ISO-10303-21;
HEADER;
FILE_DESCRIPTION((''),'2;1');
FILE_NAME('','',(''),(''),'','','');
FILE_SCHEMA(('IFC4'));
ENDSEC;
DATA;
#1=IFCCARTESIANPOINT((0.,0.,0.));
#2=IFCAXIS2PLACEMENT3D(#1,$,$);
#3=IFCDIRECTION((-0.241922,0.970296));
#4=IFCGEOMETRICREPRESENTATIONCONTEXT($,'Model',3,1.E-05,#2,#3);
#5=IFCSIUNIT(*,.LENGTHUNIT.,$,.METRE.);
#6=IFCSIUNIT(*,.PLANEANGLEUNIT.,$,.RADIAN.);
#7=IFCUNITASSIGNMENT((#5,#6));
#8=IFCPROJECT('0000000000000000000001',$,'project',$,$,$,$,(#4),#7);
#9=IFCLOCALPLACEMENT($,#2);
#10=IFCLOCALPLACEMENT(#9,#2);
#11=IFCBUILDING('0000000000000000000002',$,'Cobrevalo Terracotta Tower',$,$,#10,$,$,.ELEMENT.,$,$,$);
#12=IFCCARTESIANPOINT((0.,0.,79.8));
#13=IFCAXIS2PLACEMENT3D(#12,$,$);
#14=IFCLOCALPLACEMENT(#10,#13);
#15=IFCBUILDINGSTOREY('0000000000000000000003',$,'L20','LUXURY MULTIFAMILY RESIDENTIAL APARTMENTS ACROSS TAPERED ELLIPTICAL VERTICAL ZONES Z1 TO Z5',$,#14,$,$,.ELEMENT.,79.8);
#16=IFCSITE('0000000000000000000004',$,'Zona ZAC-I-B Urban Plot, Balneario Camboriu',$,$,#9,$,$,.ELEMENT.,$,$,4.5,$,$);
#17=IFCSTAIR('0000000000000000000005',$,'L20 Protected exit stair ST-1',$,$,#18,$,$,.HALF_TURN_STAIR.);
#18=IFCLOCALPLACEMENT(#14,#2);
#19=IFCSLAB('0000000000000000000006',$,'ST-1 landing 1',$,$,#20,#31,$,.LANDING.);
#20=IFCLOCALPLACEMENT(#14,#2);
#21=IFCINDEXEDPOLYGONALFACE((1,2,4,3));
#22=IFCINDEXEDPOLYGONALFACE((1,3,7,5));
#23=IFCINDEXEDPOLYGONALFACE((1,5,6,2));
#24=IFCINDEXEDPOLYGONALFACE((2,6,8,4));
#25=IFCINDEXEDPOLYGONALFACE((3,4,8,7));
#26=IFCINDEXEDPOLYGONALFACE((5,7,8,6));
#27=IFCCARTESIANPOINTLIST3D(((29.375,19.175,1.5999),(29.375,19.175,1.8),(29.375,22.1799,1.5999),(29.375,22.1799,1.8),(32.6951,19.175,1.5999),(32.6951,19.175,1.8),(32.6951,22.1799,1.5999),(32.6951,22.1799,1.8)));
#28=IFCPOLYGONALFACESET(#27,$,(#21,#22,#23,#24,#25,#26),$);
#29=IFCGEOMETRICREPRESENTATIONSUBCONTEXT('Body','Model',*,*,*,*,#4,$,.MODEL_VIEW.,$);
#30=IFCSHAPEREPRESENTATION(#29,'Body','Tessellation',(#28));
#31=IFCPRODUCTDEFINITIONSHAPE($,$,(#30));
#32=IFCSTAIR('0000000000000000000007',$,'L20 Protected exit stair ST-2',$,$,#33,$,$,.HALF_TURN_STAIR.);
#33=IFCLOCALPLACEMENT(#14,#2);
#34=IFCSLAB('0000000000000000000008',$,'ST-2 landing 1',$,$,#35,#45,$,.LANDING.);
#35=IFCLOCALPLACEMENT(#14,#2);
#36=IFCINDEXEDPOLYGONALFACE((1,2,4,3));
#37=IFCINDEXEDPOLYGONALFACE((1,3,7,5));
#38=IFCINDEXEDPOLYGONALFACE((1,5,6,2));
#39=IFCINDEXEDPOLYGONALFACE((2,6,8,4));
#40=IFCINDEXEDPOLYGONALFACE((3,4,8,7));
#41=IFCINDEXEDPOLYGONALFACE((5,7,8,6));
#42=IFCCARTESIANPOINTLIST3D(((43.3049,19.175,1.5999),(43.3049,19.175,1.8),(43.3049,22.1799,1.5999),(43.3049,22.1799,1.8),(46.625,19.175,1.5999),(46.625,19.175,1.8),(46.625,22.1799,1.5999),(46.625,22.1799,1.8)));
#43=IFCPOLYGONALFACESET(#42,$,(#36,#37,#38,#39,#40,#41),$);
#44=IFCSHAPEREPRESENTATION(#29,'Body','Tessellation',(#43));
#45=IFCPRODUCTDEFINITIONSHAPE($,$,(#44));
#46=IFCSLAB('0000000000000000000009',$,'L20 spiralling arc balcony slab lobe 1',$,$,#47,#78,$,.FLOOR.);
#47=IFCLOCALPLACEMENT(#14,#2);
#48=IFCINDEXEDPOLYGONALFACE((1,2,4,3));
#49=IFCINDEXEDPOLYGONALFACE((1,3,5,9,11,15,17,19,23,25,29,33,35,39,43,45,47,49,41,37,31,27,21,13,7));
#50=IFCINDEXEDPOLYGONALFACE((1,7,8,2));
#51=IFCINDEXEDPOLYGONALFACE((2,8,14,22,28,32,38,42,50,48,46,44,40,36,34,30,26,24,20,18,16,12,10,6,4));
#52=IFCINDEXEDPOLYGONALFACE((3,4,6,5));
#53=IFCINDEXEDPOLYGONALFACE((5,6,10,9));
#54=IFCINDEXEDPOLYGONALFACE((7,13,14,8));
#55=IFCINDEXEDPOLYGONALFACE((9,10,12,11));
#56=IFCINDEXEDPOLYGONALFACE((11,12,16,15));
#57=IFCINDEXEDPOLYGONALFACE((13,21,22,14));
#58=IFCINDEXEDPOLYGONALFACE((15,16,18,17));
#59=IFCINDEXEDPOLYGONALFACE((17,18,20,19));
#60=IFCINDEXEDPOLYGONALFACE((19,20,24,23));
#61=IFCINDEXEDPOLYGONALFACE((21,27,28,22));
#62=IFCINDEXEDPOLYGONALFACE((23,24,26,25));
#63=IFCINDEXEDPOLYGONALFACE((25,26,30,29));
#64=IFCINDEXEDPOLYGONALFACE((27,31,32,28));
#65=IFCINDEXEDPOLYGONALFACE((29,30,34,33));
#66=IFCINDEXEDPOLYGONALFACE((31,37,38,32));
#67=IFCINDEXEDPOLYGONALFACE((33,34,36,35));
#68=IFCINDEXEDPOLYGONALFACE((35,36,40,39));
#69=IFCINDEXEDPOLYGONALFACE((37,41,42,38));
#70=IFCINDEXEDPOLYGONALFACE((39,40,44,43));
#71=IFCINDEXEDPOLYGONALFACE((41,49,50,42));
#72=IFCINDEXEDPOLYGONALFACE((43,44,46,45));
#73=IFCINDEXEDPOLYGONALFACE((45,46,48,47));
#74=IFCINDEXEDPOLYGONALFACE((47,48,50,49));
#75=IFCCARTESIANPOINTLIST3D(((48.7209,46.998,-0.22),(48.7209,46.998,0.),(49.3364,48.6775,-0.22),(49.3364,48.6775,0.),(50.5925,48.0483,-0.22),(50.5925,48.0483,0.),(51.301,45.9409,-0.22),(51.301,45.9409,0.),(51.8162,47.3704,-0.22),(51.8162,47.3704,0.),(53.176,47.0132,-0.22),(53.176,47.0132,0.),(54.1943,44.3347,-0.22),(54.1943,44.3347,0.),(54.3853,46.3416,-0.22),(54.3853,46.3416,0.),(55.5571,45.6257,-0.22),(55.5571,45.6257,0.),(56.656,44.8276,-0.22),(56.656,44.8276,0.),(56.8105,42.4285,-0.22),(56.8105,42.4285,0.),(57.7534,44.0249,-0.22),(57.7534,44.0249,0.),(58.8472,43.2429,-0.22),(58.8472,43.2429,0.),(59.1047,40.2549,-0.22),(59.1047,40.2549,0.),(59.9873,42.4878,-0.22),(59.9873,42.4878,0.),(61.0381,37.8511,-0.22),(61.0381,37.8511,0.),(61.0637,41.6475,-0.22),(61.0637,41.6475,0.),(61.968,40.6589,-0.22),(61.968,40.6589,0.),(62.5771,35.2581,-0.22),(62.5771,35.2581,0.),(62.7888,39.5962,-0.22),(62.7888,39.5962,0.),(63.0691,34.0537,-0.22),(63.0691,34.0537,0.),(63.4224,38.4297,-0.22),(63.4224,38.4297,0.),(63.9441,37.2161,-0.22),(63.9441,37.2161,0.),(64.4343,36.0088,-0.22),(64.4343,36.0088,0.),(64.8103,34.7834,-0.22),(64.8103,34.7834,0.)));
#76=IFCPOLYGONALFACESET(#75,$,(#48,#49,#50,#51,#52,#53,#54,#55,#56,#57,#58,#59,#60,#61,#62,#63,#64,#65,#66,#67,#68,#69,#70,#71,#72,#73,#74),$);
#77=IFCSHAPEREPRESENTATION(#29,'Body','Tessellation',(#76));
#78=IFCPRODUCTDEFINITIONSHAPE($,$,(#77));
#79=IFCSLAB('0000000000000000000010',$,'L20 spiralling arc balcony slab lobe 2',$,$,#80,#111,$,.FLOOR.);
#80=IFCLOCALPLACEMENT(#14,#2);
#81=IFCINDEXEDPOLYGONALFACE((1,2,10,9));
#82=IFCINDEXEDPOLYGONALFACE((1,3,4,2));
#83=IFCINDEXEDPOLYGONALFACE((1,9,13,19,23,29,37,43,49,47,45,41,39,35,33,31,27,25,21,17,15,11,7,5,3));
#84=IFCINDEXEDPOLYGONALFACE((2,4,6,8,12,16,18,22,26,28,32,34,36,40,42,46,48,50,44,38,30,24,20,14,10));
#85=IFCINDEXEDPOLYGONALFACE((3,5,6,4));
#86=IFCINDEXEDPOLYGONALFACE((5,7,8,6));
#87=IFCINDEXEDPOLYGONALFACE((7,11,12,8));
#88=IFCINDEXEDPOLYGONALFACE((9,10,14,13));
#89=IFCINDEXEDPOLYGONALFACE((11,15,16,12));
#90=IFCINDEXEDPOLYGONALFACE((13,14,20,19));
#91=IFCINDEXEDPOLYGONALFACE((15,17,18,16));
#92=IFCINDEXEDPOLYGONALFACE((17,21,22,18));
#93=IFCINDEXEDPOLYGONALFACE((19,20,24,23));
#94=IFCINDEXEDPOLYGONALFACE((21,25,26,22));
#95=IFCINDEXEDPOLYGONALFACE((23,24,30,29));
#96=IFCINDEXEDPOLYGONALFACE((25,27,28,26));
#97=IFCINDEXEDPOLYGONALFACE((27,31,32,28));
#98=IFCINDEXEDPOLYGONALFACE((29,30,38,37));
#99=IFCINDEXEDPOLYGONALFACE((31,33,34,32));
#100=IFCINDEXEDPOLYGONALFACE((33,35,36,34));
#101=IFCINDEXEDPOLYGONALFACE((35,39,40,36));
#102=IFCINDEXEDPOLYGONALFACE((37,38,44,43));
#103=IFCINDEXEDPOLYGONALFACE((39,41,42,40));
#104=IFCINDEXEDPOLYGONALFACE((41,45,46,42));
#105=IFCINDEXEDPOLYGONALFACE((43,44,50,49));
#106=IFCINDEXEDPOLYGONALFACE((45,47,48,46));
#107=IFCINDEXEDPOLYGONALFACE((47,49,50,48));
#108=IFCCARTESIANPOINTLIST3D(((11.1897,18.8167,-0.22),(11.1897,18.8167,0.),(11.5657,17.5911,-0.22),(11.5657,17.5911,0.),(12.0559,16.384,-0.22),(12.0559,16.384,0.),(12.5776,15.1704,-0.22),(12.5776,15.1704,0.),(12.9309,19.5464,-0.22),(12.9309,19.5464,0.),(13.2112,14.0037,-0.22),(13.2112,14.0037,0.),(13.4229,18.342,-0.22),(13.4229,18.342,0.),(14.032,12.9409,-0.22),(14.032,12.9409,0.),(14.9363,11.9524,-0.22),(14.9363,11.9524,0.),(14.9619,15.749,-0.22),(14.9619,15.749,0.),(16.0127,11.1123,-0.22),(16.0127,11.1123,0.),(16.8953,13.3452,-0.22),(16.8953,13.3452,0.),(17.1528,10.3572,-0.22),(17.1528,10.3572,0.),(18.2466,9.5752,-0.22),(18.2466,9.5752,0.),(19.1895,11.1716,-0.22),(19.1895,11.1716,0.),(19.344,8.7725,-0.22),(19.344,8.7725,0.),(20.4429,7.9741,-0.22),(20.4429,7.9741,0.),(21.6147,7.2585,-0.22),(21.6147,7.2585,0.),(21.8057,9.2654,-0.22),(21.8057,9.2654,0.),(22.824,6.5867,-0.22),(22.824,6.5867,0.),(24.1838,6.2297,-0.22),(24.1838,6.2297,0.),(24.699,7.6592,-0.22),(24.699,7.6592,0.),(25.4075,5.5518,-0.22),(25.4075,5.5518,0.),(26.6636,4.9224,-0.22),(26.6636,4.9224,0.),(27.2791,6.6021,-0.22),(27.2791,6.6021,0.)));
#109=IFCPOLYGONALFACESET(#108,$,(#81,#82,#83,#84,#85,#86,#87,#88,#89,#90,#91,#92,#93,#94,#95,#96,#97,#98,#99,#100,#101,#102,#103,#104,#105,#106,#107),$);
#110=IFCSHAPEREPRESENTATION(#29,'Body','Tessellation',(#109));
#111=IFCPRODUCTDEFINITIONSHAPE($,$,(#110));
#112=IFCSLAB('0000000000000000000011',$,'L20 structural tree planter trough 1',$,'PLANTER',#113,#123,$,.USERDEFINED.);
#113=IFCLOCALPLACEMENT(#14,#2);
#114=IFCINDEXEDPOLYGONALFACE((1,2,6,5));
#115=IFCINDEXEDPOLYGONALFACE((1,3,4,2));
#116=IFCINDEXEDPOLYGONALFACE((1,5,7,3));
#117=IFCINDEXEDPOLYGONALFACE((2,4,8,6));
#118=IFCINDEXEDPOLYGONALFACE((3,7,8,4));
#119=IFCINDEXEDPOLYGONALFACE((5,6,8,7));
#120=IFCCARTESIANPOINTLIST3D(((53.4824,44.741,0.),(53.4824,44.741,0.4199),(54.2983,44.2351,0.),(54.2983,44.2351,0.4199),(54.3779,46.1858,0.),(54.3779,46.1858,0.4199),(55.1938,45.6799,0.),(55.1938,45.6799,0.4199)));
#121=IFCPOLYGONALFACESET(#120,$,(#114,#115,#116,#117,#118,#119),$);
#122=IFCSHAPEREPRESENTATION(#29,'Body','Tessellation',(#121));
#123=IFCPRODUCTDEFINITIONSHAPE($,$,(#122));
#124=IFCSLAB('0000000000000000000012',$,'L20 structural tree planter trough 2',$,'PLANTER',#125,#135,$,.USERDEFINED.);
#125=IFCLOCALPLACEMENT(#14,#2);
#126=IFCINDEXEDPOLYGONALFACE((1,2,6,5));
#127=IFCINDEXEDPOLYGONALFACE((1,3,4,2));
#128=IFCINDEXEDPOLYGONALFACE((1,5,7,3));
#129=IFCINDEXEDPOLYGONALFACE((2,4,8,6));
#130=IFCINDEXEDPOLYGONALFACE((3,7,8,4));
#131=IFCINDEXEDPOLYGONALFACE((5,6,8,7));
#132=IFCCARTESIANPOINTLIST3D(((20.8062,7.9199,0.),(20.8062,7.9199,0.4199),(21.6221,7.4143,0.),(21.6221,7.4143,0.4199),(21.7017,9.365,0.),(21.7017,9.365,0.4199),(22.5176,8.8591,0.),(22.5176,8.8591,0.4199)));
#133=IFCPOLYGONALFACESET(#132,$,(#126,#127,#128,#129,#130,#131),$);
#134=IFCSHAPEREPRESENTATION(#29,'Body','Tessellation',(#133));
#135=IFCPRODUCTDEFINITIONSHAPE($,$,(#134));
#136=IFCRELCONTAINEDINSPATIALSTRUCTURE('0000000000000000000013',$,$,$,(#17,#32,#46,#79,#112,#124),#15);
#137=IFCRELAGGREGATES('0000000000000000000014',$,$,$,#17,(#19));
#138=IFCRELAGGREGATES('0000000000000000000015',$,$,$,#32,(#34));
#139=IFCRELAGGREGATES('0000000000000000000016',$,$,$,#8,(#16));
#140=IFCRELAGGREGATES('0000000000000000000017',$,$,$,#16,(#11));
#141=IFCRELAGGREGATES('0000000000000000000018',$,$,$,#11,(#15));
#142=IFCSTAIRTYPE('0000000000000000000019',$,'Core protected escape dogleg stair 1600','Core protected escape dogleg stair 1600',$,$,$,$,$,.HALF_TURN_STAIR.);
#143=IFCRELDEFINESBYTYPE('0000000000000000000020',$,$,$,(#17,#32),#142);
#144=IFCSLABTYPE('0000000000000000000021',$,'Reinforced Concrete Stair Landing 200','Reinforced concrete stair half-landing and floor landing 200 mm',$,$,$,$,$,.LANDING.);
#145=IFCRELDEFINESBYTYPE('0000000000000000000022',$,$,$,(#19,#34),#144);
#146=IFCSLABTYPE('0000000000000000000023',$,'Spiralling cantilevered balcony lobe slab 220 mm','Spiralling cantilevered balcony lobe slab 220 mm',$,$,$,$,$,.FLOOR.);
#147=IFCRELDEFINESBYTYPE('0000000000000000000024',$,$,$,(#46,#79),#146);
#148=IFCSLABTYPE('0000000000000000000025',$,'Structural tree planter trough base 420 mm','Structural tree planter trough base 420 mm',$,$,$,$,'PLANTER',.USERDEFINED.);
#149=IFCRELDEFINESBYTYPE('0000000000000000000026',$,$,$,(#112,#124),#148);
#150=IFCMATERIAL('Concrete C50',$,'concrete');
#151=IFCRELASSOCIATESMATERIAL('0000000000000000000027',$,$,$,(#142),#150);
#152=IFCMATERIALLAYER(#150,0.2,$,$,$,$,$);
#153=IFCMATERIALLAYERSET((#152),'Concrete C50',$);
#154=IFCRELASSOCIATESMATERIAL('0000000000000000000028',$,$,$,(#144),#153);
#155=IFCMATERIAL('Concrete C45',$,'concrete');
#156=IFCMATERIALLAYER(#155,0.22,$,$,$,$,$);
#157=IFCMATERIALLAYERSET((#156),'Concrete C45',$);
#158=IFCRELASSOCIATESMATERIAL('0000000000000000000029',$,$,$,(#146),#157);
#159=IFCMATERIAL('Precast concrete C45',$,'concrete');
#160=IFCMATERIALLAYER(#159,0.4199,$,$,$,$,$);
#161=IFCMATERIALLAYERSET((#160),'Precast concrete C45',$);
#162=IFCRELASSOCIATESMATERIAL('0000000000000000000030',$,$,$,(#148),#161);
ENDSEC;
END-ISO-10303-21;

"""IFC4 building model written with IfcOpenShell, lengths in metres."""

from ifc_helpers import new_model, si_unit, direction, frame, origin, place, context, subcontext, project, spatial, polyline, outline, extrude, material, layer, layer_set, type_object, element, aggregate, save


model = new_model("IFC4")

# Units and contexts
model_context = context("Model", 3, precision=1e-05, world=origin(), true_north=direction((-0.241922, 0.970296)))
body_context = subcontext(model_context, "Body", "Model", "MODEL_VIEW")
ifc_project = project(units=[si_unit("LENGTHUNIT", "METRE"), si_unit("PLANEANGLEUNIT", "RADIAN")], contexts=[model_context])

# Site, building, storey
site_placement = place(None, origin())
site = spatial("IfcSite", under=ifc_project, at=site_placement, Name="Zona ZAC-I-B Urban Plot, Balneario Camboriu", CompositionType="ELEMENT", RefElevation=4.5)
building_placement = place(site_placement, origin())
building = spatial("IfcBuilding", under=site, at=building_placement, Name="Cobrevalo Terracotta Tower", CompositionType="ELEMENT")
storey_placement = place(building_placement, frame((0.0, 0.0, 79.8)))
storey = spatial("IfcBuildingStorey", under=building, at=storey_placement, Name="L20", Description="LUXURY MULTIFAMILY RESIDENTIAL APARTMENTS ACROSS TAPERED ELLIPTICAL VERTICAL ZONES Z1 TO Z5", CompositionType="ELEMENT", Elevation=79.8)

# Stairs, slabs
ifc_material_1 = material(Name="Concrete C50", Category="concrete")
stair_type = type_object("IfcStairType", Name="Core protected escape dogleg stair 1600", Description="Core protected escape dogleg stair 1600", PredefinedType="HALF_TURN_STAIR", material=ifc_material_1)
stair_1_placement = place(storey_placement, origin())
stair_1 = element("IfcStair", 1, at=stair_1_placement, inside=storey, type_object=stair_type, Name="L20 Protected exit stair ST-1", PredefinedType="HALF_TURN_STAIR")
ifc_layer_1 = layer(ifc_material_1, 0.2)
ifc_layer_set_1 = layer_set([ifc_layer_1], Name="Concrete C50")
slab_type_1 = type_object("IfcSlabType", Name="Reinforced Concrete Stair Landing 200", Description="Reinforced concrete stair half-landing and floor landing 200 mm", PredefinedType="LANDING", material=ifc_layer_set_1)
slab_1_placement = place(storey_placement, frame((0.0, 0.0, 1.5999)))
slab_1 = element("IfcSlab", 2, at=slab_1_placement, type_object=slab_type_1, Name="ST-1 landing 1", PredefinedType="LANDING", context=body_context, shape_type="SweptSolid", body=[
    extrude(outline(polyline([(29.375, 22.1799), (29.375, 19.175), (32.6951, 19.175), (32.6951, 22.1799), (29.375, 22.1799)])), origin(), (0.0, 0.0, 1.0), 0.2002),
])
aggregate(stair_1, [slab_1])
stair_2_placement = place(storey_placement, origin())
stair_2 = element("IfcStair", 3, at=stair_2_placement, inside=storey, type_object=stair_type, Name="L20 Protected exit stair ST-2", PredefinedType="HALF_TURN_STAIR")
slab_2_placement = place(storey_placement, frame((0.0, 0.0, 1.5999)))
slab_2 = element("IfcSlab", 4, at=slab_2_placement, type_object=slab_type_1, Name="ST-2 landing 1", PredefinedType="LANDING", context=body_context, shape_type="SweptSolid", body=[
    extrude(outline(polyline([(43.3049, 22.1799), (43.3049, 19.175), (46.625, 19.175), (46.625, 22.1799), (43.3049, 22.1799)])), origin(), (0.0, 0.0, 1.0), 0.2002),
])
aggregate(stair_2, [slab_2])

# Slabs
ifc_material_2 = material(Name="Concrete C45", Category="concrete")
ifc_layer_2 = layer(ifc_material_2, 0.22)
ifc_layer_set_2 = layer_set([ifc_layer_2], Name="Concrete C45")
slab_type_2 = type_object("IfcSlabType", Name="Spiralling cantilevered balcony lobe slab 220 mm", Description="Spiralling cantilevered balcony lobe slab 220 mm", PredefinedType="FLOOR", material=ifc_layer_set_2)
slab_3_placement = place(storey_placement, frame((0.0, 0.0, -0.22)))
element("IfcSlab", 5, at=slab_3_placement, inside=storey, type_object=slab_type_2, Name="L20 spiralling arc balcony slab lobe 1", PredefinedType="FLOOR", context=body_context, shape_type="SweptSolid", body=[
    extrude(outline(polyline([(64.8103, 34.7834), (64.4343, 36.0088), (63.9441, 37.2161), (63.4224, 38.4297), (62.7888, 39.5962), (61.968, 40.6589), (61.0637, 41.6475), (59.9873, 42.4878), (58.8472, 43.2429), (57.7534, 44.0249), (56.656, 44.8276), (55.5571, 45.6257), (54.3853, 46.3416), (53.176, 47.0132), (51.8162, 47.3704), (50.5925, 48.0483), (49.3364, 48.6775), (48.7209, 46.998), (51.301, 45.9409), (54.1943, 44.3347), (56.8105, 42.4285), (59.1047, 40.2549), (61.0381, 37.8511), (62.5771, 35.2581), (63.0691, 34.0537), (64.8103, 34.7834)])), origin(), (0.0, 0.0, 1.0), 0.22),
])
slab_4_placement = place(storey_placement, frame((0.0, 0.0, -0.22)))
element("IfcSlab", 6, at=slab_4_placement, inside=storey, type_object=slab_type_2, Name="L20 spiralling arc balcony slab lobe 2", PredefinedType="FLOOR", context=body_context, shape_type="SweptSolid", body=[
    extrude(outline(polyline([(11.1897, 18.8167), (11.5657, 17.5911), (12.0559, 16.384), (12.5776, 15.1704), (13.2112, 14.0037), (14.032, 12.9409), (14.9363, 11.9524), (16.0127, 11.1123), (17.1528, 10.3572), (18.2466, 9.5752), (19.344, 8.7725), (20.4429, 7.9741), (21.6147, 7.2585), (22.824, 6.5867), (24.1838, 6.2297), (25.4075, 5.5518), (26.6636, 4.9224), (27.2791, 6.6021), (24.699, 7.6592), (21.8057, 9.2654), (19.1895, 11.1716), (16.8953, 13.3452), (14.9619, 15.749), (13.4229, 18.342), (12.9309, 19.5464), (11.1897, 18.8167)])), origin(), (0.0, 0.0, 1.0), 0.22),
])
ifc_material_3 = material(Name="Precast concrete C45", Category="concrete")
ifc_layer_3 = layer(ifc_material_3, 0.4199)
ifc_layer_set_3 = layer_set([ifc_layer_3], Name="Precast concrete C45")
slab_type_3 = type_object("IfcSlabType", Name="Structural tree planter trough base 420 mm", Description="Structural tree planter trough base 420 mm", ElementType="PLANTER", PredefinedType="USERDEFINED", material=ifc_layer_set_3)
slab_5_placement = place(storey_placement, origin())
element("IfcSlab", 7, at=slab_5_placement, inside=storey, type_object=slab_type_3, Name="L20 structural tree planter trough 1", ObjectType="PLANTER", PredefinedType="USERDEFINED", context=body_context, shape_type="SweptSolid", body=[
    extrude(outline(polyline([(54.2983, 44.2351), (55.1938, 45.6799), (54.3779, 46.1858), (53.4824, 44.741), (54.2983, 44.2351)])), origin(), (0.0, 0.0, 1.0), 0.4199),
])
slab_6_placement = place(storey_placement, origin())
element("IfcSlab", 8, at=slab_6_placement, inside=storey, type_object=slab_type_3, Name="L20 structural tree planter trough 2", ObjectType="PLANTER", PredefinedType="USERDEFINED", context=body_context, shape_type="SweptSolid", body=[
    extrude(outline(polyline([(21.7017, 9.365), (20.8062, 7.9199), (21.6221, 7.4143), (22.5176, 8.8591), (21.7017, 9.365)])), origin(), (0.0, 0.0, 1.0), 0.4199),
])

save(model, "model.ifc")
